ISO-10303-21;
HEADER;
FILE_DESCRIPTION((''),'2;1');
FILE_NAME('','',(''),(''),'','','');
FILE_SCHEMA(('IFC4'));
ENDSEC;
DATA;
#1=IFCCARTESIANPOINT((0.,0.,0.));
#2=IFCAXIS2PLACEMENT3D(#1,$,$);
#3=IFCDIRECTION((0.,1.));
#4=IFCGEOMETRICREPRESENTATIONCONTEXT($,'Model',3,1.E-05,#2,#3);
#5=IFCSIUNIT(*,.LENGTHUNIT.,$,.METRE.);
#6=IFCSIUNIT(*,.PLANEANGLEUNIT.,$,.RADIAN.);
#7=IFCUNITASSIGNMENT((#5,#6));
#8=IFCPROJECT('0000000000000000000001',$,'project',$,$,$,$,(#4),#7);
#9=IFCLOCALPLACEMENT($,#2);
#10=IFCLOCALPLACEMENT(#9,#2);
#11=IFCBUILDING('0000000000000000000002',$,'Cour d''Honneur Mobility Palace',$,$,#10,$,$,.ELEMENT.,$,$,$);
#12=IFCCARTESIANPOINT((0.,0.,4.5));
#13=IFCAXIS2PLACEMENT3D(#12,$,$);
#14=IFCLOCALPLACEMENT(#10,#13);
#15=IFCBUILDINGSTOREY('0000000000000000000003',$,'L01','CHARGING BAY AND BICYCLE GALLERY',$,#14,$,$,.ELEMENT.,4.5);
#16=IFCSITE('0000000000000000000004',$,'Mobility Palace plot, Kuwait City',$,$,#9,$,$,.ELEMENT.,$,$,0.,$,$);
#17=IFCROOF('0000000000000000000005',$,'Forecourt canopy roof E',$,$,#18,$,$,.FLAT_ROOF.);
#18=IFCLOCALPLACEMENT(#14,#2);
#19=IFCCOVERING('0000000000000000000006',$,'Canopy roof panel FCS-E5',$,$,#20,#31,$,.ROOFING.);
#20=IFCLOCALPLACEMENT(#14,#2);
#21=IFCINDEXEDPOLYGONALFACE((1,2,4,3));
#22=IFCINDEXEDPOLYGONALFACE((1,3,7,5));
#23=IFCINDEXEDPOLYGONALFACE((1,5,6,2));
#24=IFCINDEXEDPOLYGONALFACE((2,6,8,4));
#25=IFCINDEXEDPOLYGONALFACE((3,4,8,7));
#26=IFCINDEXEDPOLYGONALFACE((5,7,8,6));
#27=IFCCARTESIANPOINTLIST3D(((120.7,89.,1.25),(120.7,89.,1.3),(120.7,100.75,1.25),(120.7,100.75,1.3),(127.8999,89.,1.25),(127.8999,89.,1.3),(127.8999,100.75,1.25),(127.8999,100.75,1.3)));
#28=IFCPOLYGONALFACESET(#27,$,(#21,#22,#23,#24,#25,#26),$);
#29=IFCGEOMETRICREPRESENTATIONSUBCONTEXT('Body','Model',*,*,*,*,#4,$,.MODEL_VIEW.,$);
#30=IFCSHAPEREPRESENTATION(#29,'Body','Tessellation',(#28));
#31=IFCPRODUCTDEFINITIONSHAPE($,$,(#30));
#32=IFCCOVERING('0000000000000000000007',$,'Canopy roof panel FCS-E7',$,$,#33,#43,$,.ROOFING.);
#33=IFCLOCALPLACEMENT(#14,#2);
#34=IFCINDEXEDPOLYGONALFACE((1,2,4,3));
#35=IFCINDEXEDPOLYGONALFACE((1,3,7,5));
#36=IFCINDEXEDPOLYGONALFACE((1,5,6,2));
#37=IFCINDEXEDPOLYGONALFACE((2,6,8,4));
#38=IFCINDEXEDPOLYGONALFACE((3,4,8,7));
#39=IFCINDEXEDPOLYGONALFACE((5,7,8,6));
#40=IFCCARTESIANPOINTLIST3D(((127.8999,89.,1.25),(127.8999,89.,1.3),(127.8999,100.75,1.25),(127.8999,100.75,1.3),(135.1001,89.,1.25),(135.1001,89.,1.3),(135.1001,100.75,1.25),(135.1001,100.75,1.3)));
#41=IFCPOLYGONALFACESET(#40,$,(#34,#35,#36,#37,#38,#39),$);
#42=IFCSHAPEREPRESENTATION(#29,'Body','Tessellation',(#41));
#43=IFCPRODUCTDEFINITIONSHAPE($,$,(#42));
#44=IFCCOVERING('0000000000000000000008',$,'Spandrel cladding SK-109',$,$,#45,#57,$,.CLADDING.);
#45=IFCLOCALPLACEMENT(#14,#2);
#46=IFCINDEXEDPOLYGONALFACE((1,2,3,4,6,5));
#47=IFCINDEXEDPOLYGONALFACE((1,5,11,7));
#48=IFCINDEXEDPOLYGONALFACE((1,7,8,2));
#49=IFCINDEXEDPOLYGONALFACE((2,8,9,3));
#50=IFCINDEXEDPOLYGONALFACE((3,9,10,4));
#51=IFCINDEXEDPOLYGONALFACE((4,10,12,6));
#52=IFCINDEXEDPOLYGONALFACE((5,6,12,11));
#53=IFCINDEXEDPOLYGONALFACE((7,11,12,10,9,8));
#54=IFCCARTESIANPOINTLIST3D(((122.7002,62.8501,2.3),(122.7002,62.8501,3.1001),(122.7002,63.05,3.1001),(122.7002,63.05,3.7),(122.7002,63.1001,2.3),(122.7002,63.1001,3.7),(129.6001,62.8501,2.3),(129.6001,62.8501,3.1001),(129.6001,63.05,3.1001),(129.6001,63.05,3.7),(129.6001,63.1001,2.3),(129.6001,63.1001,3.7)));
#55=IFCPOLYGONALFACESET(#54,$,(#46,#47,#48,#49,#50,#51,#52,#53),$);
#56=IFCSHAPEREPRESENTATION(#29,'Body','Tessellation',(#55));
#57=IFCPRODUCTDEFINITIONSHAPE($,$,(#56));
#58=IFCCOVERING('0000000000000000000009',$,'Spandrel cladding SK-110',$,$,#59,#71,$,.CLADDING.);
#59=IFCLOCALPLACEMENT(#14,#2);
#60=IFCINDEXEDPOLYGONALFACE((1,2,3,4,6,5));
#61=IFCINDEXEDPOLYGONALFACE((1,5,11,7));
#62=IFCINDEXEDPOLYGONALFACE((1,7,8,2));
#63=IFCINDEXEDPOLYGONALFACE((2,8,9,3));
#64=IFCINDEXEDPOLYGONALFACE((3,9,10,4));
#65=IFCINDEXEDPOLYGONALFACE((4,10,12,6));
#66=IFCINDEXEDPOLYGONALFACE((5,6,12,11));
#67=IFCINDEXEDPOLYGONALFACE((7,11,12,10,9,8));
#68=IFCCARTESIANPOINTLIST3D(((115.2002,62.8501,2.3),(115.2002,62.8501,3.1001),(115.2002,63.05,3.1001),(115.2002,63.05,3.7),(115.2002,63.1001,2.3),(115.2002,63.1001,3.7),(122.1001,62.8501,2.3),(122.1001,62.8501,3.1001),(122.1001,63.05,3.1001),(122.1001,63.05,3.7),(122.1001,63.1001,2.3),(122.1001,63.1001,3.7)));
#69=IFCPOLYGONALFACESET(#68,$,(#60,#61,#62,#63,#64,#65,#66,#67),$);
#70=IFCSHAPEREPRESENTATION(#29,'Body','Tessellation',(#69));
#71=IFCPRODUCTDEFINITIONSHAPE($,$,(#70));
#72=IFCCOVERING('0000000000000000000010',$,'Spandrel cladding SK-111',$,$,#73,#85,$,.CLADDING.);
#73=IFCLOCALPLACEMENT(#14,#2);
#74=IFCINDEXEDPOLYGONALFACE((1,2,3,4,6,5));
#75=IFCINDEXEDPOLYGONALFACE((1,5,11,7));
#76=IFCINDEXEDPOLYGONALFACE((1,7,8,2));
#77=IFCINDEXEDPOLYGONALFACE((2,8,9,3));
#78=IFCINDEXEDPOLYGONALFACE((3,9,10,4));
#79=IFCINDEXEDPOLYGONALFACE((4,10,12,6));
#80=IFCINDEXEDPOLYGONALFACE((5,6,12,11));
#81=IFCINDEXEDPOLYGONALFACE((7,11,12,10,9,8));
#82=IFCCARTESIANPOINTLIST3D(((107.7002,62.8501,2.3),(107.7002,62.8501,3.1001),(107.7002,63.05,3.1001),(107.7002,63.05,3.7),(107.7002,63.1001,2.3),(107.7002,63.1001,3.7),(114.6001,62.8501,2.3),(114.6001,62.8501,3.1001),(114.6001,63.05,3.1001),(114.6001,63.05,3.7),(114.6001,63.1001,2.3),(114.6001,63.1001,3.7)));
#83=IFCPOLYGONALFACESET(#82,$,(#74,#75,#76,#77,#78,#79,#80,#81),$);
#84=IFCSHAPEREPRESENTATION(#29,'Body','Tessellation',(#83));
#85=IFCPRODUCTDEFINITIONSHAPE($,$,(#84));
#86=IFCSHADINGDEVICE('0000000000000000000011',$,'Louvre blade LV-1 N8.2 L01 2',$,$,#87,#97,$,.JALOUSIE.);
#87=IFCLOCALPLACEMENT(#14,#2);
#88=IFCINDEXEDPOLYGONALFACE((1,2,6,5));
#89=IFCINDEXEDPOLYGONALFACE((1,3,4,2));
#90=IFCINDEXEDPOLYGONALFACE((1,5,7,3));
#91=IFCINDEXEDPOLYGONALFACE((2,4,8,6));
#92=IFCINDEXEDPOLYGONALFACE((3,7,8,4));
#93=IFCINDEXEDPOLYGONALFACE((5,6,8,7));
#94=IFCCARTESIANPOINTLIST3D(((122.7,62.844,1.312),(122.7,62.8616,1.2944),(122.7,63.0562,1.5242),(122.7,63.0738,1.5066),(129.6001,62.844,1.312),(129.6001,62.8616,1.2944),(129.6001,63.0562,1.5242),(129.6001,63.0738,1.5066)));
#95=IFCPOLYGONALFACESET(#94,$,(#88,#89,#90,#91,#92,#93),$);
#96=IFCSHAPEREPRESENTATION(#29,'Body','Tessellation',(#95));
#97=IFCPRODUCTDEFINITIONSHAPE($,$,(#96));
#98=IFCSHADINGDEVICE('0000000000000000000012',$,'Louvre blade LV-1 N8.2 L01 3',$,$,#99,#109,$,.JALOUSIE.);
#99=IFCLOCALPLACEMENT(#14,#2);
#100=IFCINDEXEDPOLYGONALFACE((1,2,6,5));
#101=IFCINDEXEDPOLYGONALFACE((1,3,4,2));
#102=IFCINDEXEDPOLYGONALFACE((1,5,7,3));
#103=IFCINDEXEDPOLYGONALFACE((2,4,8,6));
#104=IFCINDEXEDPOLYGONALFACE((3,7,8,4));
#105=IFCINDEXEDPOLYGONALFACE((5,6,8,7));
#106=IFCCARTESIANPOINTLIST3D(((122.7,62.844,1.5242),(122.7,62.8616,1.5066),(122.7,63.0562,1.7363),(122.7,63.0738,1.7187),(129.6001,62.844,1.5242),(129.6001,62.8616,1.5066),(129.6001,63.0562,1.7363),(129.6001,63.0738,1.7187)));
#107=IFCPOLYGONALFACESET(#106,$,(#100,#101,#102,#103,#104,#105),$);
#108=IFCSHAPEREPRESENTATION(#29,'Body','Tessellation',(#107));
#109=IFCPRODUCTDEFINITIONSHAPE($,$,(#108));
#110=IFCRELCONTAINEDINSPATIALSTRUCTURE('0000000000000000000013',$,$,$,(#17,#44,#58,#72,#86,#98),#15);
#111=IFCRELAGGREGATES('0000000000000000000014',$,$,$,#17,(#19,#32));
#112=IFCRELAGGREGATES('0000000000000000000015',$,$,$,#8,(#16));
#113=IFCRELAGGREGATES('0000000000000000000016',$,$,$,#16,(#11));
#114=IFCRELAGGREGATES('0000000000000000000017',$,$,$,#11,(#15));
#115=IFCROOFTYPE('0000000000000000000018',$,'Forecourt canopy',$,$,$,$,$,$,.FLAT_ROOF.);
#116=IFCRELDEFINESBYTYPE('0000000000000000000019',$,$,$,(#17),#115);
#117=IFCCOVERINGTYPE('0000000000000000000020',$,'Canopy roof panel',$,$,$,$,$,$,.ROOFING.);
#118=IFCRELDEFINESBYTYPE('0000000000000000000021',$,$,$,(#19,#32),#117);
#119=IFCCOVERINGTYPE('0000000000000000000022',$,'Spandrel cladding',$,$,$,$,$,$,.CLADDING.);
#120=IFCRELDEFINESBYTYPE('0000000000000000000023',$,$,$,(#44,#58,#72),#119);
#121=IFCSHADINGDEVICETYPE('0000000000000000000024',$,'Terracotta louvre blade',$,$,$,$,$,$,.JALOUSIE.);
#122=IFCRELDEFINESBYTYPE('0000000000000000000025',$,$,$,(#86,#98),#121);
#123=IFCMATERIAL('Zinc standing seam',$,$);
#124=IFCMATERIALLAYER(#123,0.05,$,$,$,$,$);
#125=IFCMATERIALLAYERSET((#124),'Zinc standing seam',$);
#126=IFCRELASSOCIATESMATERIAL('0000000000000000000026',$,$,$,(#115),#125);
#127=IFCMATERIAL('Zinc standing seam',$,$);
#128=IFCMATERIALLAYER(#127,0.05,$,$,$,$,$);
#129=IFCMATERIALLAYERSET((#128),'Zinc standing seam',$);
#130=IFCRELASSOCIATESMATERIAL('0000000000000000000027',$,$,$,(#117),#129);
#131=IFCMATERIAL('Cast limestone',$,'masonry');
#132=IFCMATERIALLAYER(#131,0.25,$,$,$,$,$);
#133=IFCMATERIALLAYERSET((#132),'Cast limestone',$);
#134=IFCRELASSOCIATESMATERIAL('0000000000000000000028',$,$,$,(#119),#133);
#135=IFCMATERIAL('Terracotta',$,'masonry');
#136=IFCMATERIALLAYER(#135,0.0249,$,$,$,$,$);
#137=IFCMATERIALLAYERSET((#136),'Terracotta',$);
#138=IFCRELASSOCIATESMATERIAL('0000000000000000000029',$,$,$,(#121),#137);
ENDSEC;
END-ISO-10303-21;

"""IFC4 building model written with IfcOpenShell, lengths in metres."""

from ifc_helpers import new_model, si_unit, direction, frame, origin, place, context, subcontext, project, spatial, polyline, outline, extrude, material, layer, layer_set, type_object, element, aggregate, save


model = new_model("IFC4")

# Units and contexts
model_context = context("Model", 3, precision=1e-05, world=origin(), true_north=direction((0.0, 1.0)))
body_context = subcontext(model_context, "Body", "Model", "MODEL_VIEW")
ifc_project = project(units=[si_unit("LENGTHUNIT", "METRE"), si_unit("PLANEANGLEUNIT", "RADIAN")], contexts=[model_context])

# Site, building, storey
site_placement = place(None, origin())
site = spatial("IfcSite", under=ifc_project, at=site_placement, Name="Mobility Palace plot, Kuwait City", CompositionType="ELEMENT", RefElevation=0.0)
building_placement = place(site_placement, origin())
building = spatial("IfcBuilding", under=site, at=building_placement, Name="Cour d'Honneur Mobility Palace", CompositionType="ELEMENT")
storey_placement = place(building_placement, frame((0.0, 0.0, 4.5)))
storey = spatial("IfcBuildingStorey", under=building, at=storey_placement, Name="L01", Description="CHARGING BAY AND BICYCLE GALLERY", CompositionType="ELEMENT", Elevation=4.5)

# Roof, coverings
ifc_material_1 = material(Name="Zinc standing seam")
ifc_layer_1 = layer(ifc_material_1, 0.05)
ifc_layer_set_1 = layer_set([ifc_layer_1], Name="Zinc standing seam")
roof_type = type_object("IfcRoofType", Name="Forecourt canopy", PredefinedType="FLAT_ROOF", material=ifc_layer_set_1)
roof_placement = place(storey_placement, origin())
roof = element("IfcRoof", 1, at=roof_placement, inside=storey, type_object=roof_type, Name="Forecourt canopy roof E", PredefinedType="FLAT_ROOF")
ifc_material_2 = material(Name="Zinc standing seam")
ifc_layer_2 = layer(ifc_material_2, 0.05)
ifc_layer_set_2 = layer_set([ifc_layer_2], Name="Zinc standing seam")
covering_type_1 = type_object("IfcCoveringType", Name="Canopy roof panel", PredefinedType="ROOFING", material=ifc_layer_set_2)
covering_1_placement = place(storey_placement, frame((120.7, 89.0, 1.3), z_axis=(0.0, 0.0, 1.0), x_axis=(1.0, 0.0, 0.0)))
covering_1 = element("IfcCovering", 2, at=covering_1_placement, type_object=covering_type_1, Name="Canopy roof panel FCS-E5", PredefinedType="ROOFING", context=body_context, shape_type="SweptSolid", body=[
    extrude(outline(polyline([(0.0, 0.0), (7.2, 0.0), (7.2, 11.75), (0.0, 11.75), (0.0, 0.0)])), origin(), (0.0, 0.0, -1.0), 0.05),
])
covering_2_placement = place(storey_placement, frame((127.8999, 89.0, 1.3), z_axis=(0.0, 0.0, 1.0), x_axis=(1.0, 0.0, 0.0)))
covering_2 = element("IfcCovering", 3, at=covering_2_placement, type_object=covering_type_1, Name="Canopy roof panel FCS-E7", PredefinedType="ROOFING", context=body_context, shape_type="SweptSolid", body=[
    extrude(outline(polyline([(0.0, 0.0), (7.2002, 0.0), (7.2002, 11.75), (0.0, 11.75), (0.0, 0.0)])), origin(), (0.0, 0.0, -1.0), 0.05),
])
aggregate(roof, [covering_1, covering_2])

# Coverings
ifc_material_3 = material(Name="Cast limestone", Category="masonry")
ifc_layer_3 = layer(ifc_material_3, 0.25)
ifc_layer_set_3 = layer_set([ifc_layer_3], Name="Cast limestone")
covering_type_2 = type_object("IfcCoveringType", Name="Spandrel cladding", PredefinedType="CLADDING", material=ifc_layer_set_3)
for number, where, z_axis, x_axis, name in (
    (4, (129.6001, 62.8501, 2.3), (1.0, 0.0, 0.0), (0.0, 1.0, 0.0), "Spandrel cladding SK-109"),
    (5, (122.1001, 62.8501, 2.3), (1.0, 0.0, 0.0), (0.0, 1.0, 0.0), "Spandrel cladding SK-110"),
    (6, (114.6001, 62.8501, 2.3), (1.0, 0.0, 0.0), (0.0, 1.0, 0.0), "Spandrel cladding SK-111"),
):
    element("IfcCovering", number, at=place(storey_placement, frame(where, z_axis=z_axis, x_axis=x_axis)), inside=storey, type_object=covering_type_2, Name=name, PredefinedType="CLADDING", context=body_context, shape_type="SweptSolid", body=[
        extrude(outline(polyline([(0.0, 0.0), (0.25, 0.0), (0.25, 1.3999), (0.2, 1.3999), (0.2, 0.8), (0.0, 0.8), (0.0, 0.0)])), origin(), (0.0, 0.0, -1.0), 6.8999),
    ])

# Shading devices
ifc_material_4 = material(Name="Terracotta", Category="masonry")
ifc_layer_4 = layer(ifc_material_4, 0.0249)
ifc_layer_set_4 = layer_set([ifc_layer_4], Name="Terracotta")
shading_device_type = type_object("IfcShadingDeviceType", Name="Terracotta louvre blade", PredefinedType="JALOUSIE", material=ifc_layer_set_4)
for number, where, z_axis, x_axis, name in (
    (7, (129.6001, 62.844, 1.312), (0.0, -0.707107, 0.707107), (-1.0, 0.0, 0.0), "Louvre blade LV-1 N8.2 L01 2"),
    (8, (129.6001, 62.844, 1.5242), (0.0, -0.707107, 0.707107), (-1.0, 0.0, 0.0), "Louvre blade LV-1 N8.2 L01 3"),
):
    element("IfcShadingDevice", number, at=place(storey_placement, frame(where, z_axis=z_axis, x_axis=x_axis)), inside=storey, type_object=shading_device_type, Name=name, PredefinedType="JALOUSIE", context=body_context, shape_type="SweptSolid", body=[
        extrude(outline(polyline([(0.0, 0.0), (6.9001, 0.0), (6.9001, -0.3), (0.0, -0.3), (0.0, 0.0)])), origin(), (0.0, 0.0, -1.0), 0.0249),
    ])

save(model, "model.ifc")
